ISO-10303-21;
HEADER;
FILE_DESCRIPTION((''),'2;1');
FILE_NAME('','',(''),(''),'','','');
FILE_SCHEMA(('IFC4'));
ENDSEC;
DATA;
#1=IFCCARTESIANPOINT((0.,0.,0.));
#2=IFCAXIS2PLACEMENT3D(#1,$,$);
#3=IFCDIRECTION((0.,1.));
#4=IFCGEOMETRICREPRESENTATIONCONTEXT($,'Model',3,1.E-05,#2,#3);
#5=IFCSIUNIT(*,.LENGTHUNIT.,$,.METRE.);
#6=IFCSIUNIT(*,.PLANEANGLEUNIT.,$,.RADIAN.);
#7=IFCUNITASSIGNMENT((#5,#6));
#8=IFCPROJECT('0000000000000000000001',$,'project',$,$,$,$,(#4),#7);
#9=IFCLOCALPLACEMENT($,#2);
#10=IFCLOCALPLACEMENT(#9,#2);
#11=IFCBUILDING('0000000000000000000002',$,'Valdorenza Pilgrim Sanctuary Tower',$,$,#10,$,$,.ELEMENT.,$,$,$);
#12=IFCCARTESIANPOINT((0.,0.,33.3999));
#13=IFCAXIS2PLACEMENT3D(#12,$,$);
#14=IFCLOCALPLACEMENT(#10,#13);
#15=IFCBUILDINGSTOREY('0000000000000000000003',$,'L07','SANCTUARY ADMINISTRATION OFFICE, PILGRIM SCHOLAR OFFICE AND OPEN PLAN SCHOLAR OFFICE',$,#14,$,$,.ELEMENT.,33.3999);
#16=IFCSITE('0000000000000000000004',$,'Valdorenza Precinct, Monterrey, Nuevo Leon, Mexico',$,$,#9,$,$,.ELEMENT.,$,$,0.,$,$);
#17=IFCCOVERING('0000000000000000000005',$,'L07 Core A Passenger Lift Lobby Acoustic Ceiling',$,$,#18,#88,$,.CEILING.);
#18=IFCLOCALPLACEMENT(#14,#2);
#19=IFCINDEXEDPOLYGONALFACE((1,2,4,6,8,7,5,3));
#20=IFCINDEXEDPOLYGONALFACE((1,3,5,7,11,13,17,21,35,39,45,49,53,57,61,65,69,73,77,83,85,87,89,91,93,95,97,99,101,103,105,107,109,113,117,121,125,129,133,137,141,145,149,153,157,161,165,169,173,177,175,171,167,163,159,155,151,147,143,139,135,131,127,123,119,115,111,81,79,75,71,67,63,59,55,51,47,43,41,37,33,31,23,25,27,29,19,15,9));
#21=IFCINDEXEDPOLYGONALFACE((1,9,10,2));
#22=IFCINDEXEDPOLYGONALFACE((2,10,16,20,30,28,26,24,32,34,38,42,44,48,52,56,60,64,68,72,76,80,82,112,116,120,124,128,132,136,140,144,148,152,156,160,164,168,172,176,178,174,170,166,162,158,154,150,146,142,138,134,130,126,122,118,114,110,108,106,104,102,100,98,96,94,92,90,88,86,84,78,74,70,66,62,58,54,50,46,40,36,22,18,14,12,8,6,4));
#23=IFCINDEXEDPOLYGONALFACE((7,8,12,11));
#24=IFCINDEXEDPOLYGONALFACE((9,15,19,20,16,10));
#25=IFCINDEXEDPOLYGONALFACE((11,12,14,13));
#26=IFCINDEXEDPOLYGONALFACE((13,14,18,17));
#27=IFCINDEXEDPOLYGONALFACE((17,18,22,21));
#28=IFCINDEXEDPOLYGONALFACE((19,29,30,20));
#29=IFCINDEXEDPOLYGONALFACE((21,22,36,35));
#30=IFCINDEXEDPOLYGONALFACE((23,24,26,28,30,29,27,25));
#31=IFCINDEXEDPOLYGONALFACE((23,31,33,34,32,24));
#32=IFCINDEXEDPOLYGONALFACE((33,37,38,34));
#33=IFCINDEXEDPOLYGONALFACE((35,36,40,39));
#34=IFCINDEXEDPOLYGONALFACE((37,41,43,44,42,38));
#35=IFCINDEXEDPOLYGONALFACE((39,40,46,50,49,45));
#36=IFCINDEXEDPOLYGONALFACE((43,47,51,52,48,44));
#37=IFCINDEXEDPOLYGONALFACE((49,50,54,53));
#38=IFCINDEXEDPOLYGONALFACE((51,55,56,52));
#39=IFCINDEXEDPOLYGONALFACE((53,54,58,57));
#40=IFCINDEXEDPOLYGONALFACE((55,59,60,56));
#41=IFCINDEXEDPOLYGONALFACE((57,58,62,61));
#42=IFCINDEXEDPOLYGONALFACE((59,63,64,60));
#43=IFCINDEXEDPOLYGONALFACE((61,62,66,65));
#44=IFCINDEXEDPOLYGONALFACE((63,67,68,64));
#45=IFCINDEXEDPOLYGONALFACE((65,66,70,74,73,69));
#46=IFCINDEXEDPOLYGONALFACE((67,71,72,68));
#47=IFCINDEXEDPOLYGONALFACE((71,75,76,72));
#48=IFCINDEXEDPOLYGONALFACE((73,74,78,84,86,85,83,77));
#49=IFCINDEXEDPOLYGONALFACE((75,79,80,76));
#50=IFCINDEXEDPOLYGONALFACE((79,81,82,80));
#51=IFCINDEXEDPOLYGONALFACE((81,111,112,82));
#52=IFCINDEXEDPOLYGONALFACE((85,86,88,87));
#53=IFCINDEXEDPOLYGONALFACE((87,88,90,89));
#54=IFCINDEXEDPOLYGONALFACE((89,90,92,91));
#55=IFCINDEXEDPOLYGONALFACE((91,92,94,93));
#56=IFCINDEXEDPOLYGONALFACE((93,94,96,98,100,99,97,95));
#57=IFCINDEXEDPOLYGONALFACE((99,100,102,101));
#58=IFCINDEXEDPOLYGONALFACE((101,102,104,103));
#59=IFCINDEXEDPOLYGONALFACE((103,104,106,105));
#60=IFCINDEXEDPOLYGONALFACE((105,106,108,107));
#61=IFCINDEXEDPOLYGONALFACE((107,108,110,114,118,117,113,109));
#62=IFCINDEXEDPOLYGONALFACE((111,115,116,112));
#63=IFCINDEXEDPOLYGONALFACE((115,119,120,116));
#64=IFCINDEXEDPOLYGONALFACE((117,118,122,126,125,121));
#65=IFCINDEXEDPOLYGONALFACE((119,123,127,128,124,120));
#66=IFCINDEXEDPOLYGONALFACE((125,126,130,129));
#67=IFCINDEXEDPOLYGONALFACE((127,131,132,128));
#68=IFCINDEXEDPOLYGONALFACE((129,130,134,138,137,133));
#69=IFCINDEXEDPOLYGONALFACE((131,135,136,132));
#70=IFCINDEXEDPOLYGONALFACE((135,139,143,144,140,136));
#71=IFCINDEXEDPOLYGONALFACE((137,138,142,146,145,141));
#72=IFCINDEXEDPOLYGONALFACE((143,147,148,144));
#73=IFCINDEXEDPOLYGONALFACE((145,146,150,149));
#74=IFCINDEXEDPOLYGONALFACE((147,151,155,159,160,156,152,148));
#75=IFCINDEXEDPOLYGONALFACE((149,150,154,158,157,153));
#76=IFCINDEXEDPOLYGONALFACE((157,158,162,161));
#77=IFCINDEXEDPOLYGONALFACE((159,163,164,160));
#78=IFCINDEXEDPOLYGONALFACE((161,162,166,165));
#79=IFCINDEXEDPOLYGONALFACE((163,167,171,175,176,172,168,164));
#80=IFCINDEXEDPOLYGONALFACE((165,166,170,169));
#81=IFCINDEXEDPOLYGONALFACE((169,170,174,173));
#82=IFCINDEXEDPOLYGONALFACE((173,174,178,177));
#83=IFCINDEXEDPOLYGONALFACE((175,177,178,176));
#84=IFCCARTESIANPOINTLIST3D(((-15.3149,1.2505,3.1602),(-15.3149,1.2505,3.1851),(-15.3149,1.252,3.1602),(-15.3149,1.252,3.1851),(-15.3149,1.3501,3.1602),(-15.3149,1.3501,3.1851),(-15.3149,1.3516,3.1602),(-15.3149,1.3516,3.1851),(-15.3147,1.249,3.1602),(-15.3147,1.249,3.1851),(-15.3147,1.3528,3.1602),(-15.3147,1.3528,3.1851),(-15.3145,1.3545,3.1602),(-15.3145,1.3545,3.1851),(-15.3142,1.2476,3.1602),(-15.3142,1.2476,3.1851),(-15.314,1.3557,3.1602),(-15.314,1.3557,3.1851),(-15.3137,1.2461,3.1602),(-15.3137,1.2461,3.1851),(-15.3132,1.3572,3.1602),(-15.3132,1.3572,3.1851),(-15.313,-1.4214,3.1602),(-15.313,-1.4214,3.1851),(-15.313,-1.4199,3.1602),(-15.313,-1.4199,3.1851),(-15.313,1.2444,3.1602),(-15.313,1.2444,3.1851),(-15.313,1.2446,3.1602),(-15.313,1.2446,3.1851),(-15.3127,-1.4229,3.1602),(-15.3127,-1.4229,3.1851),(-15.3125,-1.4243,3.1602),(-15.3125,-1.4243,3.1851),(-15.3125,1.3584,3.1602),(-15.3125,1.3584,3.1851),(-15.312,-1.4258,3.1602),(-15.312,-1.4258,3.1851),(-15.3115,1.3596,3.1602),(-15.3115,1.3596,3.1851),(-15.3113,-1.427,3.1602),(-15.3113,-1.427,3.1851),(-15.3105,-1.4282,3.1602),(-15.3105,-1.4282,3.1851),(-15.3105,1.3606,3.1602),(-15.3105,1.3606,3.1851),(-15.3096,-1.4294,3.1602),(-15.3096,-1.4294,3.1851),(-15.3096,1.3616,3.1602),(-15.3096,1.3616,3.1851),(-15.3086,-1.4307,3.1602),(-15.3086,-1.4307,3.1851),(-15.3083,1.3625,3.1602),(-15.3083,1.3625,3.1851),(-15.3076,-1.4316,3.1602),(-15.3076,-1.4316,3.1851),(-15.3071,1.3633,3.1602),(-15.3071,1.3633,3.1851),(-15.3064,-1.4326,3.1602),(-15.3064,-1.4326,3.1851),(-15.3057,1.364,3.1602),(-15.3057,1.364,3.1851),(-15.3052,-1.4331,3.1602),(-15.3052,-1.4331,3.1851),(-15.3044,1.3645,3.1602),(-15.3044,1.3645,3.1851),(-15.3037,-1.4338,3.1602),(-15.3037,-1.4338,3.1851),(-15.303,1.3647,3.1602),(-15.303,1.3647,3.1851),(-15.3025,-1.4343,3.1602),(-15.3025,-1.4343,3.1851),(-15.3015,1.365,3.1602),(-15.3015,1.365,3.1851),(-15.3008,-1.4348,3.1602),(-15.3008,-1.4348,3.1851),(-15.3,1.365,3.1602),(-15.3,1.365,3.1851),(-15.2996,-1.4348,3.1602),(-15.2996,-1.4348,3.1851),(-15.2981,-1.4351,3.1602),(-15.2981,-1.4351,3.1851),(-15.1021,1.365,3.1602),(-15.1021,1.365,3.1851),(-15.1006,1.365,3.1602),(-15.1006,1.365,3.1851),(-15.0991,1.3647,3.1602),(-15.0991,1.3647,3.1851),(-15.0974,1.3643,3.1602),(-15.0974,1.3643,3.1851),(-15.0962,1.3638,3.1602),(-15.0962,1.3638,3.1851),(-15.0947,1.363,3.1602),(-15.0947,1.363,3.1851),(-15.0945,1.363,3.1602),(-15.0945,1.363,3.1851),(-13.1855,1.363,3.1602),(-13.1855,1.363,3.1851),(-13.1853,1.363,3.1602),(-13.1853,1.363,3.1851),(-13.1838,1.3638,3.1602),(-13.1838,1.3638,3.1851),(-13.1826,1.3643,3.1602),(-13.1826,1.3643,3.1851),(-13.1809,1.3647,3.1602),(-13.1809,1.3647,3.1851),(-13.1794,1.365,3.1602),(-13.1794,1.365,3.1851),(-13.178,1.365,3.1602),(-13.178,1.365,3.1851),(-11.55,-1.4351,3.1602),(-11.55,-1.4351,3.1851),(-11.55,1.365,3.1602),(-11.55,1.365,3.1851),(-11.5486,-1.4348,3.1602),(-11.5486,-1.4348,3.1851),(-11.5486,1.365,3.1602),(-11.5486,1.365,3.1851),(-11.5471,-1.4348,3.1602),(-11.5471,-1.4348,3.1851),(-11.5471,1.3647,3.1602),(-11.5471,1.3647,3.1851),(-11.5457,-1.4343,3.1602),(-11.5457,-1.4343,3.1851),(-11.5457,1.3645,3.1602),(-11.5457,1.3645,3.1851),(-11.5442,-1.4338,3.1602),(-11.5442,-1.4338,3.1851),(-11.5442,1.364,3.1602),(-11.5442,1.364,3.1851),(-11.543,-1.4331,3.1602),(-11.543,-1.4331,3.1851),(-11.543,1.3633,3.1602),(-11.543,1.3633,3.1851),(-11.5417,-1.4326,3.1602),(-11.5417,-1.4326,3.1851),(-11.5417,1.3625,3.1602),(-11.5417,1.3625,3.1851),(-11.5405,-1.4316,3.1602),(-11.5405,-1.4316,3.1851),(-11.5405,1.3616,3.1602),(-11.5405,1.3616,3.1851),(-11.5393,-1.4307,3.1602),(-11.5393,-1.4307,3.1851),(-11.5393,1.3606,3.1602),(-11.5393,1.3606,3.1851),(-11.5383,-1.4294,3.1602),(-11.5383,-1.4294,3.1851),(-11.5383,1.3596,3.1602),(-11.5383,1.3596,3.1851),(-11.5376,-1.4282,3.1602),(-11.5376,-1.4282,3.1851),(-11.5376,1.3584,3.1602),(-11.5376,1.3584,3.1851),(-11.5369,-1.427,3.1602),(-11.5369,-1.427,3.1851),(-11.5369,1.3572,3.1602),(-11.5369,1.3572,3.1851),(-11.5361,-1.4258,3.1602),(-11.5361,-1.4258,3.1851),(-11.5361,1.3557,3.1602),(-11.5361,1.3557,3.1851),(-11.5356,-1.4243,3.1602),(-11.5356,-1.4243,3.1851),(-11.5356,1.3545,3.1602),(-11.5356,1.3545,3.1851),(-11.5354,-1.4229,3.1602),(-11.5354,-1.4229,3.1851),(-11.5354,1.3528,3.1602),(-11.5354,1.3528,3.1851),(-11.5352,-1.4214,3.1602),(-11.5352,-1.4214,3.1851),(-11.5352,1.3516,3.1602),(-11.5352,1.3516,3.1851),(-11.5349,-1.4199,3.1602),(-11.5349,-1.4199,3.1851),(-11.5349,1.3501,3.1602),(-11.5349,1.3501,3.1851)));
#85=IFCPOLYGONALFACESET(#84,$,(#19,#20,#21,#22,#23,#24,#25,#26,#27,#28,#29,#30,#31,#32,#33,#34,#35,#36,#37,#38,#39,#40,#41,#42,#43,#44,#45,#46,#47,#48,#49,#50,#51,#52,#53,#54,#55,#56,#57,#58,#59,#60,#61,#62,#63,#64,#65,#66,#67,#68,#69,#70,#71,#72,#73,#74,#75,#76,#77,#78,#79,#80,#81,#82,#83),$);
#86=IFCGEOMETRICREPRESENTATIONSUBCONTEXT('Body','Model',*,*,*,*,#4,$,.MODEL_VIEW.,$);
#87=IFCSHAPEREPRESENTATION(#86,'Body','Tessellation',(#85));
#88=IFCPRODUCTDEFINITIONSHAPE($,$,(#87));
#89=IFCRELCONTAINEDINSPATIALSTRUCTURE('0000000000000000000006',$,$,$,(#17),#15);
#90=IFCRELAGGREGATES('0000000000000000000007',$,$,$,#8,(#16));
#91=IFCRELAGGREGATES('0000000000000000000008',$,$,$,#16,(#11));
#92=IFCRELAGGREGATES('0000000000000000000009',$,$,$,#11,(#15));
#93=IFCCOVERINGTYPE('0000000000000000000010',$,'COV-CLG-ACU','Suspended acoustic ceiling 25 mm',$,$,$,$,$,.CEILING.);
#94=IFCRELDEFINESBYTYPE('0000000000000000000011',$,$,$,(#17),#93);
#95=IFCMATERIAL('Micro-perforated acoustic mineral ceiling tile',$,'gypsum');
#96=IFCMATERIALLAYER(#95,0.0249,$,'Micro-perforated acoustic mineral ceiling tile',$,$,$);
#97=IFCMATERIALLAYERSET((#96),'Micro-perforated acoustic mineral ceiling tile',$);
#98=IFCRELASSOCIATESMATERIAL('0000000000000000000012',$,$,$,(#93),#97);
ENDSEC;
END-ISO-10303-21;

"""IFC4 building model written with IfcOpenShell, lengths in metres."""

from ifc_helpers import new_model, si_unit, direction, frame, origin, place, context, subcontext, project, spatial, polyline, outline, extrude, material, layer, layer_set, type_object, element, save


model = new_model("IFC4")

# Units and contexts
model_context = context("Model", 3, precision=1e-05, world=origin(), true_north=direction((0.0, 1.0)))
body_context = subcontext(model_context, "Body", "Model", "MODEL_VIEW")
ifc_project = project(units=[si_unit("LENGTHUNIT", "METRE"), si_unit("PLANEANGLEUNIT", "RADIAN")], contexts=[model_context])

# Site, building, storey
site_placement = place(None, origin())
site = spatial("IfcSite", under=ifc_project, at=site_placement, Name="Valdorenza Precinct, Monterrey, Nuevo Leon, Mexico", CompositionType="ELEMENT", RefElevation=0.0)
building_placement = place(site_placement, origin())
building = spatial("IfcBuilding", under=site, at=building_placement, Name="Valdorenza Pilgrim Sanctuary Tower", CompositionType="ELEMENT")
storey_placement = place(building_placement, frame((0.0, 0.0, 33.3999)))
storey = spatial("IfcBuildingStorey", under=building, at=storey_placement, Name="L07", Description="SANCTUARY ADMINISTRATION OFFICE, PILGRIM SCHOLAR OFFICE AND OPEN PLAN SCHOLAR OFFICE", CompositionType="ELEMENT", Elevation=33.3999)

# Covering
ifc_material_1 = material(Name="Micro-perforated acoustic mineral ceiling tile", Category="gypsum")
ifc_layer_1 = layer(ifc_material_1, 0.0249, Name="Micro-perforated acoustic mineral ceiling tile")
ifc_layer_set_1 = layer_set([ifc_layer_1], Name="Micro-perforated acoustic mineral ceiling tile")
covering_type_1 = type_object("IfcCoveringType", Name="COV-CLG-ACU", Description="Suspended acoustic ceiling 25 mm", PredefinedType="CEILING", material=ifc_layer_set_1)
covering_1_placement = place(storey_placement, frame((0.0, 0.0, 3.1602)))
element("IfcCovering", 1, at=covering_1_placement, inside=storey, type_object=covering_type_1, Name="L07 Core A Passenger Lift Lobby Acoustic Ceiling", PredefinedType="CEILING", context=body_context, shape_type="SweptSolid", body=[
    extrude(outline(polyline([(-15.313, 1.2444), (-15.313, 1.2446), (-15.3137, 1.2461), (-15.3142, 1.2476), (-15.3147, 1.249), (-15.3149, 1.2505), (-15.3149, 1.252), (-15.3149, 1.3501), (-15.3149, 1.3516), (-15.3147, 1.3528), (-15.3145, 1.3545), (-15.314, 1.3557), (-15.3132, 1.3572), (-15.3125, 1.3584), (-15.3115, 1.3596), (-15.3105, 1.3606), (-15.3096, 1.3616), (-15.3083, 1.3625), (-15.3071, 1.3633), (-15.3057, 1.364), (-15.3044, 1.3645), (-15.303, 1.3647), (-15.3015, 1.365), (-15.3, 1.365), (-15.1021, 1.365), (-15.1006, 1.365), (-15.0991, 1.3647), (-15.0974, 1.3643), (-15.0962, 1.3638), (-15.0947, 1.363), (-15.0945, 1.363), (-13.1855, 1.363), (-13.1853, 1.363), (-13.1838, 1.3638), (-13.1826, 1.3643), (-13.1809, 1.3647), (-13.1794, 1.365), (-13.178, 1.365), (-11.55, 1.365), (-11.5486, 1.365), (-11.5471, 1.3647), (-11.5457, 1.3645), (-11.5442, 1.364), (-11.543, 1.3633), (-11.5417, 1.3625), (-11.5405, 1.3616), (-11.5393, 1.3606), (-11.5383, 1.3596), (-11.5376, 1.3584), (-11.5369, 1.3572), (-11.5361, 1.3557), (-11.5356, 1.3545), (-11.5354, 1.3528), (-11.5352, 1.3516), (-11.5349, 1.3501), (-11.5349, -1.4199), (-11.5352, -1.4214), (-11.5354, -1.4229), (-11.5356, -1.4243), (-11.5361, -1.4258), (-11.5369, -1.427), (-11.5376, -1.4282), (-11.5383, -1.4294), (-11.5393, -1.4307), (-11.5405, -1.4316), (-11.5417, -1.4326), (-11.543, -1.4331), (-11.5442, -1.4338), (-11.5457, -1.4343), (-11.5471, -1.4348), (-11.5486, -1.4348), (-11.55, -1.4351), (-15.2981, -1.4351), (-15.2996, -1.4348), (-15.3008, -1.4348), (-15.3025, -1.4343), (-15.3037, -1.4338), (-15.3052, -1.4331), (-15.3064, -1.4326), (-15.3076, -1.4316), (-15.3086, -1.4307), (-15.3096, -1.4294), (-15.3105, -1.4282), (-15.3113, -1.427), (-15.312, -1.4258), (-15.3125, -1.4243), (-15.3127, -1.4229), (-15.313, -1.4214), (-15.313, -1.4199), (-15.313, 1.2444)])), origin(), (0.0, 0.0, 1.0), 0.0249),
])

save(model, "model.ifc")
